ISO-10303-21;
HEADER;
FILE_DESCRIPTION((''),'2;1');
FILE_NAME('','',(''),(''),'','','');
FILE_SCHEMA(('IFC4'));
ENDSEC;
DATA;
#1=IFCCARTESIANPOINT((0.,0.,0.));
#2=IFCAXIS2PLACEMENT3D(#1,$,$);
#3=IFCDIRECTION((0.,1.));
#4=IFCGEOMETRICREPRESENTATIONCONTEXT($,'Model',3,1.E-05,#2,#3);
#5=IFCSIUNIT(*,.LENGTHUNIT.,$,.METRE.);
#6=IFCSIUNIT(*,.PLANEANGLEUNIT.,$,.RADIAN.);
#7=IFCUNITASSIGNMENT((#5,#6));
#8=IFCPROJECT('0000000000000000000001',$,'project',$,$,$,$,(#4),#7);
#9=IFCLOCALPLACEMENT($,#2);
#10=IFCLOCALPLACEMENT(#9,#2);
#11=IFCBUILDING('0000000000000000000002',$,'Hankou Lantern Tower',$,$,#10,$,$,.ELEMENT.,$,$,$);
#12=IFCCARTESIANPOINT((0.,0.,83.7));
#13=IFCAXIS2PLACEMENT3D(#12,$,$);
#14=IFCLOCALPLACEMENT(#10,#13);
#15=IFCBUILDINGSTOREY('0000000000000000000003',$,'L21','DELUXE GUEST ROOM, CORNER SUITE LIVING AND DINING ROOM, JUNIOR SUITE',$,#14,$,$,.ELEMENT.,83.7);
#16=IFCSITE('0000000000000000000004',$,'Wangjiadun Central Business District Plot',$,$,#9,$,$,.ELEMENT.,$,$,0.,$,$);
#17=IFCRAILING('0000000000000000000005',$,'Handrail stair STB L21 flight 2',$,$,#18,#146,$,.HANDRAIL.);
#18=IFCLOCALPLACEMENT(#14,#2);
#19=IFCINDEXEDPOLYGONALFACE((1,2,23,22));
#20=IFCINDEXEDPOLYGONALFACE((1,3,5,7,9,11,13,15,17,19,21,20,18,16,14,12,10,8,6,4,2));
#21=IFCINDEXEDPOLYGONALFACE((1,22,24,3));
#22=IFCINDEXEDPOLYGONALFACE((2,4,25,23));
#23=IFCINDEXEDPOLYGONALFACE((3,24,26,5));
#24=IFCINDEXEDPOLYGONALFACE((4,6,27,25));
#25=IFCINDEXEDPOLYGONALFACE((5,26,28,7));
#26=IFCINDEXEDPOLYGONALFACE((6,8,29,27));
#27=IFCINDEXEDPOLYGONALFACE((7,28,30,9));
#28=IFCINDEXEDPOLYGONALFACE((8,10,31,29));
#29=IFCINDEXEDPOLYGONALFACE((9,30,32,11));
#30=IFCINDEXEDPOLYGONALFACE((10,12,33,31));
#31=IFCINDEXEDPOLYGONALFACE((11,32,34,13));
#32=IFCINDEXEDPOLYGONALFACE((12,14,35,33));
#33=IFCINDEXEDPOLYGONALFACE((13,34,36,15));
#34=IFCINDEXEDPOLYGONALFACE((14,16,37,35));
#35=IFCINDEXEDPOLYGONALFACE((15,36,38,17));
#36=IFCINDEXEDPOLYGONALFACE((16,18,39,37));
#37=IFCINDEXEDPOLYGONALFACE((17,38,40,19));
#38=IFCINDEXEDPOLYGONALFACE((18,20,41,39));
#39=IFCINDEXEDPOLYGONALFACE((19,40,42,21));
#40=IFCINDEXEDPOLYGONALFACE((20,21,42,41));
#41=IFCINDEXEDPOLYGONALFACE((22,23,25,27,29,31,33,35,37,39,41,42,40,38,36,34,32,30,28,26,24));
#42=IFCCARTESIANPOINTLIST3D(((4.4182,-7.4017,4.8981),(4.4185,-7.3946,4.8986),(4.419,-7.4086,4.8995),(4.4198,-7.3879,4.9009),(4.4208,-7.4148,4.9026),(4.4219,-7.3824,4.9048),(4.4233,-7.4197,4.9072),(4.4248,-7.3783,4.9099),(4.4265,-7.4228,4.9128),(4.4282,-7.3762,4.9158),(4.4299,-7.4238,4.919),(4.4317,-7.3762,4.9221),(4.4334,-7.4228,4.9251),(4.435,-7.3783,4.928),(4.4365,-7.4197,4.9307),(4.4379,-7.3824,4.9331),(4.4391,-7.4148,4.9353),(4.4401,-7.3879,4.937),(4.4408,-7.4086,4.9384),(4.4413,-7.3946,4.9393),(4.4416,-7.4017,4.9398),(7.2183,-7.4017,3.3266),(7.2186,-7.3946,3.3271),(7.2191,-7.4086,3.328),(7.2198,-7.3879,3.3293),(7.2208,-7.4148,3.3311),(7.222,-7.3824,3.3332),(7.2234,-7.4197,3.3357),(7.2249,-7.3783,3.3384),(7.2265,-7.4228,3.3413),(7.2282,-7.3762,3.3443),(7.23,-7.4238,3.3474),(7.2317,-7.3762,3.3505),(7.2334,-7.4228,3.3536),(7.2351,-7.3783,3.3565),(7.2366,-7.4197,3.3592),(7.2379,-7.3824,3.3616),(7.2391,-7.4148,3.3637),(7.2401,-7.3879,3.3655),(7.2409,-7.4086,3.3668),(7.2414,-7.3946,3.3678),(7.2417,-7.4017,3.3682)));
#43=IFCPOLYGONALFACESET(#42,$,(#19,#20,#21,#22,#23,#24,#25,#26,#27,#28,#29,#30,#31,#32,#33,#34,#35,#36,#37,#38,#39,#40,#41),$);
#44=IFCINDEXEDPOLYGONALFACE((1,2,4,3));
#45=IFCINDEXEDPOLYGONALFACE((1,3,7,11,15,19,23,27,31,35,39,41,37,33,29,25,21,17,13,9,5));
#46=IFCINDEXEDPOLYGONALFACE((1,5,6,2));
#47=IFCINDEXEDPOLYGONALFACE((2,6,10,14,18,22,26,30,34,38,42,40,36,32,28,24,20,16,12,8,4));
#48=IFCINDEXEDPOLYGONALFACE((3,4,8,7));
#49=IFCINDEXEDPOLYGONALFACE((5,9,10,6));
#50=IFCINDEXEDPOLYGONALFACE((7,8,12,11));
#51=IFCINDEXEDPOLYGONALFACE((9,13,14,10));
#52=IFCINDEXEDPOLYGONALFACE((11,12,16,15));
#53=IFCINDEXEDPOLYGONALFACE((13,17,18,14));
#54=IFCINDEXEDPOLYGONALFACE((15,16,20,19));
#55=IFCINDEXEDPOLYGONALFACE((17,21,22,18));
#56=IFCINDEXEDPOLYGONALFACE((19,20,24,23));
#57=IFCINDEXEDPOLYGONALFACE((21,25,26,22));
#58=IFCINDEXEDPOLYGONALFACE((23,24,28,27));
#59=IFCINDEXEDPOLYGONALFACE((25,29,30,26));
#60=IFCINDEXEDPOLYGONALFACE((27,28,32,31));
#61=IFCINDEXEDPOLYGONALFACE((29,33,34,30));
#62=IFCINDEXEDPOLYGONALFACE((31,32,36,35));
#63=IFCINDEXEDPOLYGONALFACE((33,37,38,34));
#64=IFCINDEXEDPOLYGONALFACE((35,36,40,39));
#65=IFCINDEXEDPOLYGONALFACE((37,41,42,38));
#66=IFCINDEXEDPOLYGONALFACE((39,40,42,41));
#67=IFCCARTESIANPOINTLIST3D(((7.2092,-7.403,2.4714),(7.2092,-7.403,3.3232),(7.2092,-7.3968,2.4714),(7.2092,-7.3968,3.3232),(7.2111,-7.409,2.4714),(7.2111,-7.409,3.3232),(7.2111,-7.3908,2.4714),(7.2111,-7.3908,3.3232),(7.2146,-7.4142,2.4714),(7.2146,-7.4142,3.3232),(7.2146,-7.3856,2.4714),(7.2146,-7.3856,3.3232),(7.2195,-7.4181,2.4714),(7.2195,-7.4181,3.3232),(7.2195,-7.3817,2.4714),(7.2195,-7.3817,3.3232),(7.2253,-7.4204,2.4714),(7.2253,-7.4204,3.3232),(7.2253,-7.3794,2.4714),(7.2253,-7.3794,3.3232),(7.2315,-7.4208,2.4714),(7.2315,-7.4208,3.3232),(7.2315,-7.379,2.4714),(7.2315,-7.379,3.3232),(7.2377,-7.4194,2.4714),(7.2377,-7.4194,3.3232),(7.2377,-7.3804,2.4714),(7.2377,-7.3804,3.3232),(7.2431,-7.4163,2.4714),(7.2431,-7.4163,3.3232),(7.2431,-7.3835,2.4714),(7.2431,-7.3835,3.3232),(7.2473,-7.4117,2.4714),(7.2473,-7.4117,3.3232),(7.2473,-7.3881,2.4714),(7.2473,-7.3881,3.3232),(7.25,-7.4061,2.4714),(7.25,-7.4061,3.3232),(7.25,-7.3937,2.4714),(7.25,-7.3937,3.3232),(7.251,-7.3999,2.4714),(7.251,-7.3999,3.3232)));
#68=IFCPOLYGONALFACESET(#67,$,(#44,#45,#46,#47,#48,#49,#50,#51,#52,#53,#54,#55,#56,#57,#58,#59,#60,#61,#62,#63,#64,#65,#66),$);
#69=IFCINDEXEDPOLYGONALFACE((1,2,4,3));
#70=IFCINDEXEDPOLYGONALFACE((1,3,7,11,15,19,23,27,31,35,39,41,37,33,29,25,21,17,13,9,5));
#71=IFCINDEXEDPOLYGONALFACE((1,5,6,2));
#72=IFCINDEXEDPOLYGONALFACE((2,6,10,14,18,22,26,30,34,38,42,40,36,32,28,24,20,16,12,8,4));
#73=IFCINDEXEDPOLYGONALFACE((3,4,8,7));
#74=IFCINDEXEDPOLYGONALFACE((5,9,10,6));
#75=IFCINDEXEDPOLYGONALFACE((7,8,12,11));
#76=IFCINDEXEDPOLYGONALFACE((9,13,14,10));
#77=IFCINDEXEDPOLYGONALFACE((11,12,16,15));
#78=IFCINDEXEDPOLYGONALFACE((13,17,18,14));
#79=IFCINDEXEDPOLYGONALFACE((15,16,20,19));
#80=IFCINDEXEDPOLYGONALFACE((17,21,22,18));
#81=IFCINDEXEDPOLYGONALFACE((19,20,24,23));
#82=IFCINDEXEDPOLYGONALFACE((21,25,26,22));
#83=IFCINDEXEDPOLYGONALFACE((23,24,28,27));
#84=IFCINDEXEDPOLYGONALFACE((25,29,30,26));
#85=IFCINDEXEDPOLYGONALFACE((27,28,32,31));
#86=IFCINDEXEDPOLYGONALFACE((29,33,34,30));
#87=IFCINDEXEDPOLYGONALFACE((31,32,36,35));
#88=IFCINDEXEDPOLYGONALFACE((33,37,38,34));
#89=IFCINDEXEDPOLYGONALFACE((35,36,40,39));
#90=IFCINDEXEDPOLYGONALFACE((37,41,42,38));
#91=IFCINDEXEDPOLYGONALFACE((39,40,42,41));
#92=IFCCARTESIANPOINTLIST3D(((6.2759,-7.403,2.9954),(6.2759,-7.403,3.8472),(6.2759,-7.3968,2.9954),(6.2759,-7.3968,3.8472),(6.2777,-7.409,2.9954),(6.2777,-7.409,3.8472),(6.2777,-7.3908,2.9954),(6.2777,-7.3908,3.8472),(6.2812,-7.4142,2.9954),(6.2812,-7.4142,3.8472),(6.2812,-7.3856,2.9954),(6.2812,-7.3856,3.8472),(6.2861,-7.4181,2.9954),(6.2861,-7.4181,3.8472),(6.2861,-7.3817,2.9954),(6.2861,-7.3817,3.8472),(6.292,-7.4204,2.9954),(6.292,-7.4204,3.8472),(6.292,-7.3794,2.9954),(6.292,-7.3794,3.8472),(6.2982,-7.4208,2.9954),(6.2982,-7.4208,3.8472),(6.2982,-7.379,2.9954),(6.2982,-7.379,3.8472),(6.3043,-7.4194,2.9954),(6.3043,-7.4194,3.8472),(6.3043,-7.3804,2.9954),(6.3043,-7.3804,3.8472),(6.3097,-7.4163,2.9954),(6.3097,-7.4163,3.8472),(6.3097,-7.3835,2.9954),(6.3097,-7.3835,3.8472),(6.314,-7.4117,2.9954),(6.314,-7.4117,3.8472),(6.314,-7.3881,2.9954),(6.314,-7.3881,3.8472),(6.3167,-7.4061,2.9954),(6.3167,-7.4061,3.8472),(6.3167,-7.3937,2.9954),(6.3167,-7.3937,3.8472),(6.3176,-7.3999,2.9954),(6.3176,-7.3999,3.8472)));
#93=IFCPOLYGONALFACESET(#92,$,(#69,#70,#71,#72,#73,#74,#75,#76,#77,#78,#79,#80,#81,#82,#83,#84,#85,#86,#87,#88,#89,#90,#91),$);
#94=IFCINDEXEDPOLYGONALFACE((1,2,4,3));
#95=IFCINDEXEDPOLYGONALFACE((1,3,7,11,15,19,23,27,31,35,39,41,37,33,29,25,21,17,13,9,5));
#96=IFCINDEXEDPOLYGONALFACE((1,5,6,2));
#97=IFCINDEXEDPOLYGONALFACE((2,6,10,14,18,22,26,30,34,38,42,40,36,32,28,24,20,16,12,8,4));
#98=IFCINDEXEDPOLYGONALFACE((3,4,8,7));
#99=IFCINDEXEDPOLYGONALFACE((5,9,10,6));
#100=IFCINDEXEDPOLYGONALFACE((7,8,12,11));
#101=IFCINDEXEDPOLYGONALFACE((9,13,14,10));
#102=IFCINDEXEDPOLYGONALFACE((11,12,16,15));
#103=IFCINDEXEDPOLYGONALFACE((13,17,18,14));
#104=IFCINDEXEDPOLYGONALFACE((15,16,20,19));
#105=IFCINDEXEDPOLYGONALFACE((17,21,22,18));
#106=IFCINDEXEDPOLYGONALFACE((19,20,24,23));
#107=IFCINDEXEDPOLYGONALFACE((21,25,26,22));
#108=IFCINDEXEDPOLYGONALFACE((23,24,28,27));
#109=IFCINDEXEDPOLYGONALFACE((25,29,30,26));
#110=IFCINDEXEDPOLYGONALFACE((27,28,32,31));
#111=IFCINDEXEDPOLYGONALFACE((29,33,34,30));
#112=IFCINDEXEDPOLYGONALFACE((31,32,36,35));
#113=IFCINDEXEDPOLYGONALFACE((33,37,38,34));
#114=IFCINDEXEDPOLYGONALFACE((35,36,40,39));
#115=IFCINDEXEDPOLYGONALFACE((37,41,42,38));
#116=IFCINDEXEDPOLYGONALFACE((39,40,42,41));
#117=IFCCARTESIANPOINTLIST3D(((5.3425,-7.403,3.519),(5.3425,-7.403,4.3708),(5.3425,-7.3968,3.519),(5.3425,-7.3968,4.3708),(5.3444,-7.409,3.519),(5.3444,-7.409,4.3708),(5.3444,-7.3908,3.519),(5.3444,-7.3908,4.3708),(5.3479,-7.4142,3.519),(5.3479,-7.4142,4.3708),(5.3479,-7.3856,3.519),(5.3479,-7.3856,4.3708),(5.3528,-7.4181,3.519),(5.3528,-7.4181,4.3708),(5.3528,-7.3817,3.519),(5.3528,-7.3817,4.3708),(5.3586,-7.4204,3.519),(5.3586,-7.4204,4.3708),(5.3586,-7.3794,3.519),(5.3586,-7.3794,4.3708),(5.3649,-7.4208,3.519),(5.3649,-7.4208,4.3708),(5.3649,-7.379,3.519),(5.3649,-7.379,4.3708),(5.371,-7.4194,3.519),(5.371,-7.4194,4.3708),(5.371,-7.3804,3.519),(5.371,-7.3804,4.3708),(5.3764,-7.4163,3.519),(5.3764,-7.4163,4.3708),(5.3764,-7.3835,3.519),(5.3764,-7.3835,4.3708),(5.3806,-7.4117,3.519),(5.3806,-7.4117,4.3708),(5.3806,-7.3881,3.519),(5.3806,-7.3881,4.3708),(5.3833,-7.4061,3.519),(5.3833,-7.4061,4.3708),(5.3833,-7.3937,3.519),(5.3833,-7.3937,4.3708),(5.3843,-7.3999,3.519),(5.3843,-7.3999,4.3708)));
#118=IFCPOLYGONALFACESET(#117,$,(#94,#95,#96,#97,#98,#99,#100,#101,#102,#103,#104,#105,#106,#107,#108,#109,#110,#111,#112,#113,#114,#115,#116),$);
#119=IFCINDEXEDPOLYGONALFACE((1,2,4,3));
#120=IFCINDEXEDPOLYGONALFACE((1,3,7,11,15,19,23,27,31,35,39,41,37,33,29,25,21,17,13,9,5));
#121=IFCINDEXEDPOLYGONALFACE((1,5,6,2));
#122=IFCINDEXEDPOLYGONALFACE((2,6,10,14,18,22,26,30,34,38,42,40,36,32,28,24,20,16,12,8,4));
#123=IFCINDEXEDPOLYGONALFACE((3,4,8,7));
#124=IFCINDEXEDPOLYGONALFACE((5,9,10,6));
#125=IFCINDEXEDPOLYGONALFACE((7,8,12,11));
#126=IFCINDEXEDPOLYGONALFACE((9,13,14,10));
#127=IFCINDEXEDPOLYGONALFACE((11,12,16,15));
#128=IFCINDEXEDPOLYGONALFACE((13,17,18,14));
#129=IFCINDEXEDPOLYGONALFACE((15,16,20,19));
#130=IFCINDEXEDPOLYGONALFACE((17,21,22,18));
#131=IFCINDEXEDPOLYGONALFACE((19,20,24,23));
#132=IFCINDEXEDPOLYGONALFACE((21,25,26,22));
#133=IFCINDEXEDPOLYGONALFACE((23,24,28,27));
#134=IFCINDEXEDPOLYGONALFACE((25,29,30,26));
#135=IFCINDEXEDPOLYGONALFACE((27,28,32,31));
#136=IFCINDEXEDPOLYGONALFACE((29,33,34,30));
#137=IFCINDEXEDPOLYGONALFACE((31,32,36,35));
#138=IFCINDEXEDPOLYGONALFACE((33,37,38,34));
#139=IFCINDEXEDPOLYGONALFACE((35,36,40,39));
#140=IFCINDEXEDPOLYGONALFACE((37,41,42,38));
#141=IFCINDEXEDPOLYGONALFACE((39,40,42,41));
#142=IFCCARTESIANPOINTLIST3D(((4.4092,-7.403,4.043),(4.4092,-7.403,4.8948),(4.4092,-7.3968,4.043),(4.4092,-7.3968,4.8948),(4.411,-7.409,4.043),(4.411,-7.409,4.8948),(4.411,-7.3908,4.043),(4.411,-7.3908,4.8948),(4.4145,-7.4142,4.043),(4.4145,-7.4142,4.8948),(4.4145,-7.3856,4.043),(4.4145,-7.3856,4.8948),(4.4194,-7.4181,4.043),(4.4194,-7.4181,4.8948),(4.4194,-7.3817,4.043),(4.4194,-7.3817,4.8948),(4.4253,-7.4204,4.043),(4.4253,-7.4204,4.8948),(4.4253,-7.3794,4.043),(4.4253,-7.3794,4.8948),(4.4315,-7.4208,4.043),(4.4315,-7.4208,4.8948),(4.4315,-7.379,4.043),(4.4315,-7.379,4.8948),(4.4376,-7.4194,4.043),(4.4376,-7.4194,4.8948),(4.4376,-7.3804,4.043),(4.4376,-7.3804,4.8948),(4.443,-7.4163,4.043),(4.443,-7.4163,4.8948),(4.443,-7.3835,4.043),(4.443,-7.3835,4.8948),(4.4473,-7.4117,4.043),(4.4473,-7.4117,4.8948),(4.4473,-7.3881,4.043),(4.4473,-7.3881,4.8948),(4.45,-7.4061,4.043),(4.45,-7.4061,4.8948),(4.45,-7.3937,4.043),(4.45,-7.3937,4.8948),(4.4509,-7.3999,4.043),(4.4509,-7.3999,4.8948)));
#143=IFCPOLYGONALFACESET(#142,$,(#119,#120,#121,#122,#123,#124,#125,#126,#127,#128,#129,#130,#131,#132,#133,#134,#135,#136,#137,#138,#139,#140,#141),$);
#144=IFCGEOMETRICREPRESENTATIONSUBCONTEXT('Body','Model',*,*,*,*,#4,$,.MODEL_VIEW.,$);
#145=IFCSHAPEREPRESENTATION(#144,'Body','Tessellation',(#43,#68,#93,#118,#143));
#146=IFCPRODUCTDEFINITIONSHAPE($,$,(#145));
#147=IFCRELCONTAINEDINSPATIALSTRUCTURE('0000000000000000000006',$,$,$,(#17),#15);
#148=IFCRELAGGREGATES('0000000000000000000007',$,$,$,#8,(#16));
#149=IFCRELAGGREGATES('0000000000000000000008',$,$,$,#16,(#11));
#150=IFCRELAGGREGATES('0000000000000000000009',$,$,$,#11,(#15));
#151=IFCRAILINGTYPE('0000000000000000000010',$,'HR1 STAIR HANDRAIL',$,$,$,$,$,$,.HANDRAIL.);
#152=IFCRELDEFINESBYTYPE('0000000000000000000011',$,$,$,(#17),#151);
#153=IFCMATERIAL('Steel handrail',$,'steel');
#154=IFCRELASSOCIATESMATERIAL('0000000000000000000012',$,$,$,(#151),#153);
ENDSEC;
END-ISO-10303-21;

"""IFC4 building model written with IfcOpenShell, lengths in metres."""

from ifc_helpers import new_model, si_unit, direction, frame, origin, origin_2d, place, context, subcontext, project, spatial, circle, extrude, material, type_object, element, save


model = new_model("IFC4")

# Units and contexts
model_context = context("Model", 3, precision=1e-05, world=origin(), true_north=direction((0.0, 1.0)))
body_context = subcontext(model_context, "Body", "Model", "MODEL_VIEW")
ifc_project = project(units=[si_unit("LENGTHUNIT", "METRE"), si_unit("PLANEANGLEUNIT", "RADIAN")], contexts=[model_context])

# Site, building, storey
site_placement = place(None, origin())
site = spatial("IfcSite", under=ifc_project, at=site_placement, Name="Wangjiadun Central Business District Plot", CompositionType="ELEMENT", RefElevation=0.0)
building_placement = place(site_placement, origin())
building = spatial("IfcBuilding", under=site, at=building_placement, Name="Hankou Lantern Tower", CompositionType="ELEMENT")
storey_placement = place(building_placement, frame((0.0, 0.0, 83.7)))
storey = spatial("IfcBuildingStorey", under=building, at=storey_placement, Name="L21", Description="DELUXE GUEST ROOM, CORNER SUITE LIVING AND DINING ROOM, JUNIOR SUITE", CompositionType="ELEMENT", Elevation=83.7)

# Railing
ifc_material_1 = material(Name="Steel handrail", Category="steel")
railing_type = type_object("IfcRailingType", Name="HR1 STAIR HANDRAIL", PredefinedType="HANDRAIL", material=ifc_material_1)
railing_1_placement = place(storey_placement, frame((7.23, -7.3999, 2.4714)))
element("IfcRailing", 1, at=railing_1_placement, inside=storey, type_object=railing_type, Name="Handrail stair STB L21 flight 2", PredefinedType="HANDRAIL", context=body_context, shape_type="SweptSolid", body=[
    extrude(circle(Radius=0.0239, at=origin_2d()), frame((0.0, 0.0, 0.876), z_axis=(-0.87204, 0.0, 0.489434), x_axis=(0.0, -1.0, 0.0)), (0.0, 0.0, 1.0), 3.2109),
    extrude(circle(Radius=0.021, at=origin_2d()), origin(), (0.0, 0.0, 1.0), 0.8518),
    extrude(circle(Radius=0.021, at=origin_2d()), frame((-0.9333, 0.0, 0.5239)), (0.0, 0.0, 1.0), 0.8518),
    extrude(circle(Radius=0.021, at=origin_2d()), frame((-1.8667, 0.0, 1.0476)), (0.0, 0.0, 1.0), 0.8518),
    extrude(circle(Radius=0.021, at=origin_2d()), frame((-2.8, 0.0, 1.5715)), (0.0, 0.0, 1.0), 0.8518),
])

save(model, "model.ifc")
